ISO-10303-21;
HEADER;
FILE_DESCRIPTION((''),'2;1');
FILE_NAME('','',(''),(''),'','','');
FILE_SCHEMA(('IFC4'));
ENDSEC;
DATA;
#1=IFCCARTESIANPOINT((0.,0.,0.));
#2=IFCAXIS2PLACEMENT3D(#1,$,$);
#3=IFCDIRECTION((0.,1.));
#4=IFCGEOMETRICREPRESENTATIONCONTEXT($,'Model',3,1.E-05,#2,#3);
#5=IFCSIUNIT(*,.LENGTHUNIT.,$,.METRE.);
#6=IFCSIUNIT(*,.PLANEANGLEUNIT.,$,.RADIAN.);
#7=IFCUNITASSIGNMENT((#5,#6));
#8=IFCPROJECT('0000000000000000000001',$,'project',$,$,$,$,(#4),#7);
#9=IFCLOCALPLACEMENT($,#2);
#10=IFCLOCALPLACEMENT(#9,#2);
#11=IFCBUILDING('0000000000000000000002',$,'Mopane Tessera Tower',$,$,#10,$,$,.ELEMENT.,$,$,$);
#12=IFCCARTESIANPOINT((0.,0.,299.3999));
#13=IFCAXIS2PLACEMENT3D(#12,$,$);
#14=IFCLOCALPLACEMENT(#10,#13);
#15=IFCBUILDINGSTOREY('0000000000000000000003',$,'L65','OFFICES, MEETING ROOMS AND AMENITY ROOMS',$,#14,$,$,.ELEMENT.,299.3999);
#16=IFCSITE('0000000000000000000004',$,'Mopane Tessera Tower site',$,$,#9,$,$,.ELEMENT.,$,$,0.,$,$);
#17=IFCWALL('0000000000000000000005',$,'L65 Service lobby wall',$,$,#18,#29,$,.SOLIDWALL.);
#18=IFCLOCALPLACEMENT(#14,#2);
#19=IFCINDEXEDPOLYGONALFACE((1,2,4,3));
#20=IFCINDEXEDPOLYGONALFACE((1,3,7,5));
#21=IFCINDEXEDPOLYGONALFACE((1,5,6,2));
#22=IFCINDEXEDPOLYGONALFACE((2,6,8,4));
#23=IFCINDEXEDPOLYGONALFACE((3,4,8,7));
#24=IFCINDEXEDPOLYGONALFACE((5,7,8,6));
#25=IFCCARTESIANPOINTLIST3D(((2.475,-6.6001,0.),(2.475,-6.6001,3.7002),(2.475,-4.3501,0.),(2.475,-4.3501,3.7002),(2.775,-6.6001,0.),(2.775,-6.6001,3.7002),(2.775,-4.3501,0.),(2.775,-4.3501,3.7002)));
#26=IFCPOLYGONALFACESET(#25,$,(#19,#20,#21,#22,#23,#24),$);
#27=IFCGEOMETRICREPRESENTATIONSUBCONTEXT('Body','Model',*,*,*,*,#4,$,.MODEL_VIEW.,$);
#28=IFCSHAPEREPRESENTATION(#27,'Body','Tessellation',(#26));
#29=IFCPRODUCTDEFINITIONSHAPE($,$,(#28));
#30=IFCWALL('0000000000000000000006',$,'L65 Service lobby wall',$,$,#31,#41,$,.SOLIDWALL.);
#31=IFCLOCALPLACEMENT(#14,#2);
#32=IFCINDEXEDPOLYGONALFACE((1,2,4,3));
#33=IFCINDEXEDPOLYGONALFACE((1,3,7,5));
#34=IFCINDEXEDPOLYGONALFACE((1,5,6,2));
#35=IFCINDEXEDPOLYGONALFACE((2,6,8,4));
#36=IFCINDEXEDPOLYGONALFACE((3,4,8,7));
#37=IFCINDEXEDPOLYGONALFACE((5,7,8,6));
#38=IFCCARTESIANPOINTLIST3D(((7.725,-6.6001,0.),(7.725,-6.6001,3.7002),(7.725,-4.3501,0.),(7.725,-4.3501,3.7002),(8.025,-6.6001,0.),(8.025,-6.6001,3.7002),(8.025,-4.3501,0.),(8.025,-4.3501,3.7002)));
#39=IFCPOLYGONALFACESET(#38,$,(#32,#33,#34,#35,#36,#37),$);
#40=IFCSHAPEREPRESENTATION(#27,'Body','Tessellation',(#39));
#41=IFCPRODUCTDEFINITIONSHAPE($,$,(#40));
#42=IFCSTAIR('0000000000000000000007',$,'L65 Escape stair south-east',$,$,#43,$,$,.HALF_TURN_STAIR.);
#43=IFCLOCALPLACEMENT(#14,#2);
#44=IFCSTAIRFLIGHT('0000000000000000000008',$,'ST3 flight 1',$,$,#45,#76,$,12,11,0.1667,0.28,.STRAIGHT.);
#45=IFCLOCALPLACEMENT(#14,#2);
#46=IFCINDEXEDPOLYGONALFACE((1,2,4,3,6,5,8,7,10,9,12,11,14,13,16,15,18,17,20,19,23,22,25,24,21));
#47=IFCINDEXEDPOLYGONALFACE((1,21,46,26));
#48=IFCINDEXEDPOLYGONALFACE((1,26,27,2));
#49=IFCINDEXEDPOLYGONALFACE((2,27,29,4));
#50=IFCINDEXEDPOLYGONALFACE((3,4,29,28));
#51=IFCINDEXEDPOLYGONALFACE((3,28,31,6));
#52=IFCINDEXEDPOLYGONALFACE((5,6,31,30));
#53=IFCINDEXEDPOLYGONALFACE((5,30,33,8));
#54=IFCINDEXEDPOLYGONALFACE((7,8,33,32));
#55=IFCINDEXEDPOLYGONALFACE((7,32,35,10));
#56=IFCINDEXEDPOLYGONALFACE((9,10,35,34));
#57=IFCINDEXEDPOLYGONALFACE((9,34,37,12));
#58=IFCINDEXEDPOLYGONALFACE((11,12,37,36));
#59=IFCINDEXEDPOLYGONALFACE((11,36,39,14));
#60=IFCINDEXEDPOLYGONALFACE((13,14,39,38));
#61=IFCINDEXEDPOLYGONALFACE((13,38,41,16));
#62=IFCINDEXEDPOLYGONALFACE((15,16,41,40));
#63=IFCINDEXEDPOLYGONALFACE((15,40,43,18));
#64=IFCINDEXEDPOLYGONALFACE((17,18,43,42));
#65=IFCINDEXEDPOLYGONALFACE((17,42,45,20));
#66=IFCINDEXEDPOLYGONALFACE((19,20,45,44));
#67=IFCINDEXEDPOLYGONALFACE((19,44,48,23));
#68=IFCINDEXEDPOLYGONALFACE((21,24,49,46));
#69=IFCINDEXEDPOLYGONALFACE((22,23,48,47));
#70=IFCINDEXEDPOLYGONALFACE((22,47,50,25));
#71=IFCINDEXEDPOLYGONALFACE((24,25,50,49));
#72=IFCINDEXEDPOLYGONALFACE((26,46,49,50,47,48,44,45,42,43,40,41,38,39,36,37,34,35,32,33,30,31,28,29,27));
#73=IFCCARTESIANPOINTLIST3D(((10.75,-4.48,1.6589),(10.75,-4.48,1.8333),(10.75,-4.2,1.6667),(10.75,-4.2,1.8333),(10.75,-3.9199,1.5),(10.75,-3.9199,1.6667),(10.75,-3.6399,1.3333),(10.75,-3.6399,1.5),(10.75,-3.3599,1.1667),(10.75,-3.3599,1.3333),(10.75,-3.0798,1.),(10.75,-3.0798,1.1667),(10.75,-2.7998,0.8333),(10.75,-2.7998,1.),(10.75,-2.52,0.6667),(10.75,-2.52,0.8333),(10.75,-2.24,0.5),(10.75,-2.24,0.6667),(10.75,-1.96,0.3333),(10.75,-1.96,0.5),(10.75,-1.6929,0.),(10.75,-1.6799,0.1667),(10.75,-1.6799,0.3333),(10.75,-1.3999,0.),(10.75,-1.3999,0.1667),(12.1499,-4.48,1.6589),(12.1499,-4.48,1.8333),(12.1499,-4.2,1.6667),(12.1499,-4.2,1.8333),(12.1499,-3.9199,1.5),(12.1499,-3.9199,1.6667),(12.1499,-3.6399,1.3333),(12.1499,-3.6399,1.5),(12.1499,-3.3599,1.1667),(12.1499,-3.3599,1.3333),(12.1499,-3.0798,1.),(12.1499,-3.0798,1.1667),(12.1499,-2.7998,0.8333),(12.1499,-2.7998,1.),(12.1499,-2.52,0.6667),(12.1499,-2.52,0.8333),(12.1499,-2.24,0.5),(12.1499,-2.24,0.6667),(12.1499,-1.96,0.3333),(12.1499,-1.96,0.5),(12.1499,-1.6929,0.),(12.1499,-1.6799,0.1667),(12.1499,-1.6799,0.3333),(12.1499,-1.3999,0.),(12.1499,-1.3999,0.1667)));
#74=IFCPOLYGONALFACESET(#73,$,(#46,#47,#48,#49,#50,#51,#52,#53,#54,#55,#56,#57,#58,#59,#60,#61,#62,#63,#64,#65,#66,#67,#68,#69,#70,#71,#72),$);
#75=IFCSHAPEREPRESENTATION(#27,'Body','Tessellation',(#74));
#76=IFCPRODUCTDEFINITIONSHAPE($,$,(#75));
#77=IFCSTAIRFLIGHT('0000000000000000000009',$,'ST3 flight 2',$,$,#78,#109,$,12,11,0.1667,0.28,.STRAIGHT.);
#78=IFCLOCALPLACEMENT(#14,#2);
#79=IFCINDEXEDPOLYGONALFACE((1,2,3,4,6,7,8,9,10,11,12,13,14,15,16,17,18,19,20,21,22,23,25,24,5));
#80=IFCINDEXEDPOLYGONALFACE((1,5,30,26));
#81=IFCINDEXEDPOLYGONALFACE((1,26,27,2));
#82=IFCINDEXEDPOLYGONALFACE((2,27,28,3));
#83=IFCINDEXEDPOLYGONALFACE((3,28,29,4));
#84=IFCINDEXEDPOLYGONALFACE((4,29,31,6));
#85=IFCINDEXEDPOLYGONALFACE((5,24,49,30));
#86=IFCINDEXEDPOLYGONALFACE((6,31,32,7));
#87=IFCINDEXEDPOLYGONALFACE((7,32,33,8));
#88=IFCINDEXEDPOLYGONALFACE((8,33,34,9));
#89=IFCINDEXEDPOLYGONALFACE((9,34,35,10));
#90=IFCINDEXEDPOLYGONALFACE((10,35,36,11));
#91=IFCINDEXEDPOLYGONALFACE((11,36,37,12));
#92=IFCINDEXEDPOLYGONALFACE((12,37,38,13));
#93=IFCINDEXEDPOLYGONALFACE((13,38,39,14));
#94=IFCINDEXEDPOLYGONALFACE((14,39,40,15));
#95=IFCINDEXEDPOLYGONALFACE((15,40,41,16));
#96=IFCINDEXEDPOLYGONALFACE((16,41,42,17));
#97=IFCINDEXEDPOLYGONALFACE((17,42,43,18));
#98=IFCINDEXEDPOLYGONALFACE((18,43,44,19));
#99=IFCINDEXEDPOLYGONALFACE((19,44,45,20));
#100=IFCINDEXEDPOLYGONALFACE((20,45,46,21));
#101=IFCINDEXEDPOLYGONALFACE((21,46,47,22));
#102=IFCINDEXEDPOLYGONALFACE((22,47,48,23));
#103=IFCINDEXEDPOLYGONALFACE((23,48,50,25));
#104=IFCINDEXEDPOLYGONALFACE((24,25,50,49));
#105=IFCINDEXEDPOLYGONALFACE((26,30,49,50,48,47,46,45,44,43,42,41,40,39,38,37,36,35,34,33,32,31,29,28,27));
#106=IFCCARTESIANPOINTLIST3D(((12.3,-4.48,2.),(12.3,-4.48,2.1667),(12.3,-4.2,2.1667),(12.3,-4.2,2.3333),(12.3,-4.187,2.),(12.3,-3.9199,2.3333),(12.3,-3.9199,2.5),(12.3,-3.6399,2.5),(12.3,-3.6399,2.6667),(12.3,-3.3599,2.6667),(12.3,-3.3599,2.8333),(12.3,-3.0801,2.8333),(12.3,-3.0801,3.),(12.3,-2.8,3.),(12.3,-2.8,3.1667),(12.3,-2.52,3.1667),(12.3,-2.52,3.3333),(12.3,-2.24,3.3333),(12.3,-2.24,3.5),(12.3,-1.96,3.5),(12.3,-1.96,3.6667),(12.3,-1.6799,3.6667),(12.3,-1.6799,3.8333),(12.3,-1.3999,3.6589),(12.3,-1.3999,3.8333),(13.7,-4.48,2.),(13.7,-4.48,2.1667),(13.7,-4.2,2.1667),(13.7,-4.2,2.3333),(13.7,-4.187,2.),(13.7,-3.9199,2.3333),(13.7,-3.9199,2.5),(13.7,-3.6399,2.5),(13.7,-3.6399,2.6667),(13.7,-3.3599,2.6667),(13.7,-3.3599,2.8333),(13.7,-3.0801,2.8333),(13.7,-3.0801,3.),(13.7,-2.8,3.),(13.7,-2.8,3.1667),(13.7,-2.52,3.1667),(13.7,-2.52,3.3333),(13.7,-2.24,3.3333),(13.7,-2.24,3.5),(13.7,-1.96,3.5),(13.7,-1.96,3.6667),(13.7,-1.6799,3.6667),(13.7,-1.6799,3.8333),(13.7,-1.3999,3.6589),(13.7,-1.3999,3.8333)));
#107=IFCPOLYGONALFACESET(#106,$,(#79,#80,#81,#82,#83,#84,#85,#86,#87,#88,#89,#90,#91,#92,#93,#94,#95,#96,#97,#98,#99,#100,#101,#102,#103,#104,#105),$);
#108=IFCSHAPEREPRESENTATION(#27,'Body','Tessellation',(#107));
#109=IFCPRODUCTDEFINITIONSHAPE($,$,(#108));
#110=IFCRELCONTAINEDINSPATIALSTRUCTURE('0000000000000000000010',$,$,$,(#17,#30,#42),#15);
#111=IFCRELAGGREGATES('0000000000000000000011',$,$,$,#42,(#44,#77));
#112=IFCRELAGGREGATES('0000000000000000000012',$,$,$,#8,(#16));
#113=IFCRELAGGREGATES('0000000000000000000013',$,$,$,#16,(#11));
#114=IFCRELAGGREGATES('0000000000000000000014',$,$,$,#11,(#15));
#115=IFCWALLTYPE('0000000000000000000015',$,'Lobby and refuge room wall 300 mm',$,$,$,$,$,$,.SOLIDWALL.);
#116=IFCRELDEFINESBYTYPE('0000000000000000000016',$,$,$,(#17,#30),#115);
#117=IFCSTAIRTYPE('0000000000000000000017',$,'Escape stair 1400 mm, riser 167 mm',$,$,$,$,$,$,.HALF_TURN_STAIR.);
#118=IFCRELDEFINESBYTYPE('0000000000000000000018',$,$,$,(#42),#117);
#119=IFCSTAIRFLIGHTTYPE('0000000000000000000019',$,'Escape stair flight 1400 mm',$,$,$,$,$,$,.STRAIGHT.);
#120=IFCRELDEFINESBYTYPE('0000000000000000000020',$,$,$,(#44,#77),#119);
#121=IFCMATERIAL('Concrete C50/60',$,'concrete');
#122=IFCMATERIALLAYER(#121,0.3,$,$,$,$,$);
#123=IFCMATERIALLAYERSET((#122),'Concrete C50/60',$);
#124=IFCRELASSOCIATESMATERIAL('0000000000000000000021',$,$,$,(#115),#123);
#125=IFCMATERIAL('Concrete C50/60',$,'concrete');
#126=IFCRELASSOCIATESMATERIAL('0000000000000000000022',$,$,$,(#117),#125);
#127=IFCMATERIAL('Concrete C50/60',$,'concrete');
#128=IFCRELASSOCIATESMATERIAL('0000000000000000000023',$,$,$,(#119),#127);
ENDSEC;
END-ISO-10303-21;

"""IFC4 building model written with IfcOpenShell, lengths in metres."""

from ifc_helpers import new_model, si_unit, direction, frame, frame_2d, origin, place, context, subcontext, project, spatial, polyline, rectangle, outline, extrude, material, layer, layer_set, type_object, element, aggregate, save


model = new_model("IFC4")

# Units and contexts
model_context = context("Model", 3, precision=1e-05, world=origin(), true_north=direction((0.0, 1.0)))
body_context = subcontext(model_context, "Body", "Model", "MODEL_VIEW")
ifc_project = project(units=[si_unit("LENGTHUNIT", "METRE"), si_unit("PLANEANGLEUNIT", "RADIAN")], contexts=[model_context])

# Site, building, storey
site_placement = place(None, origin())
site = spatial("IfcSite", under=ifc_project, at=site_placement, Name="Mopane Tessera Tower site", CompositionType="ELEMENT", RefElevation=0.0)
building_placement = place(site_placement, origin())
building = spatial("IfcBuilding", under=site, at=building_placement, Name="Mopane Tessera Tower", CompositionType="ELEMENT")
storey_placement = place(building_placement, frame((0.0, 0.0, 299.3999)))
storey = spatial("IfcBuildingStorey", under=building, at=storey_placement, Name="L65", Description="OFFICES, MEETING ROOMS AND AMENITY ROOMS", CompositionType="ELEMENT", Elevation=299.3999)

# Walls
ifc_material_1 = material(Name="Concrete C50/60", Category="concrete")
ifc_layer_1 = layer(ifc_material_1, 0.3)
ifc_layer_set_1 = layer_set([ifc_layer_1], Name="Concrete C50/60")
wall_type_1 = type_object("IfcWallType", Name="Lobby and refuge room wall 300 mm", PredefinedType="SOLIDWALL", material=ifc_layer_set_1)
for number, where, z_axis, x_axis, name in (
    (1, (2.625, -6.6001, 0.0), (0.0, 0.0, 1.0), (0.0, 1.0, 0.0), "L65 Service lobby wall"),
    (2, (7.875, -6.6001, 0.0), (0.0, 0.0, 1.0), (0.0, 1.0, 0.0), "L65 Service lobby wall"),
):
    element("IfcWall", number, at=place(storey_placement, frame(where, z_axis=z_axis, x_axis=x_axis)), inside=storey, type_object=wall_type_1, Name=name, PredefinedType="SOLIDWALL", context=body_context, shape_type="SweptSolid", body=[
        extrude(rectangle(XDim=2.25, YDim=0.3, at=frame_2d((1.125, 0.0))), origin(), (0.0, 0.0, 1.0), 3.7002),
    ])

# Stair, stair flights
ifc_material_2 = material(Name="Concrete C50/60", Category="concrete")
stair_type = type_object("IfcStairType", Name="Escape stair 1400 mm, riser 167 mm", PredefinedType="HALF_TURN_STAIR", material=ifc_material_2)
stair_placement = place(storey_placement, origin())
stair = element("IfcStair", 3, at=stair_placement, inside=storey, type_object=stair_type, Name="L65 Escape stair south-east", PredefinedType="HALF_TURN_STAIR")
ifc_material_3 = material(Name="Concrete C50/60", Category="concrete")
stair_flight_type = type_object("IfcStairFlightType", Name="Escape stair flight 1400 mm", PredefinedType="STRAIGHT", material=ifc_material_3)
stair_flight_1_placement = place(storey_placement, frame((11.45, -1.3999, 0.0), z_axis=(0.0, 0.0, 1.0), x_axis=(0.0, -1.0, 0.0)))
stair_flight_1 = element("IfcStairFlight", 4, at=stair_flight_1_placement, type_object=stair_flight_type, Name="ST3 flight 1", NumberOfRisers=12, NumberOfTreads=11, PredefinedType="STRAIGHT", RiserHeight=0.1667, TreadLength=0.28, context=body_context, shape_type="SweptSolid", body=[
    extrude(outline(polyline([(0.0, 0.0), (0.0, 0.1667), (0.28, 0.1667), (0.28, 0.3333), (0.5601, 0.3333), (0.5601, 0.5), (0.8401, 0.5), (0.8401, 0.6667), (1.1201, 0.6667), (1.1201, 0.8333), (1.3999, 0.8333), (1.3999, 1.0), (1.6799, 1.0), (1.6799, 1.1667), (1.96, 1.1667), (1.96, 1.3333), (2.24, 1.3333), (2.24, 1.5), (2.52, 1.5), (2.52, 1.6667), (2.8, 1.6667), (2.8, 1.8333), (3.0801, 1.8333), (3.0801, 2.0), (3.0801, 1.6589), (0.293, 0.0), (0.0, 0.0)])), frame((0.0, 0.7, 0.0), z_axis=(0.0, -1.0, 0.0), x_axis=(1.0, 0.0, 0.0)), (0.0, 0.0, 1.0), 1.3999),
])
stair_flight_2_placement = place(storey_placement, frame((13.0, -4.48, 2.0), z_axis=(0.0, 0.0, 1.0), x_axis=(0.0, 1.0, 0.0)))
stair_flight_2 = element("IfcStairFlight", 5, at=stair_flight_2_placement, type_object=stair_flight_type, Name="ST3 flight 2", NumberOfRisers=12, NumberOfTreads=11, PredefinedType="STRAIGHT", RiserHeight=0.1667, TreadLength=0.28, context=body_context, shape_type="SweptSolid", body=[
    extrude(outline(polyline([(0.0, 0.0), (0.0, 0.1667), (0.28, 0.1667), (0.28, 0.3333), (0.5601, 0.3333), (0.5601, 0.5), (0.8401, 0.5), (0.8401, 0.6667), (1.1201, 0.6667), (1.1201, 0.8333), (1.3999, 0.8333), (1.3999, 1.0), (1.6799, 1.0), (1.6799, 1.1667), (1.96, 1.1667), (1.96, 1.3333), (2.24, 1.3333), (2.24, 1.5), (2.52, 1.5), (2.52, 1.6667), (2.8, 1.6667), (2.8, 1.8333), (3.0801, 1.8333), (3.0801, 2.0), (3.0801, 1.6589), (0.293, 0.0), (0.0, 0.0)])), frame((0.0, 0.7, 0.0), z_axis=(0.0, -1.0, 0.0), x_axis=(1.0, 0.0, 0.0)), (0.0, 0.0, 1.0), 1.3999),
])
aggregate(stair, [stair_flight_1, stair_flight_2])

save(model, "model.ifc")
